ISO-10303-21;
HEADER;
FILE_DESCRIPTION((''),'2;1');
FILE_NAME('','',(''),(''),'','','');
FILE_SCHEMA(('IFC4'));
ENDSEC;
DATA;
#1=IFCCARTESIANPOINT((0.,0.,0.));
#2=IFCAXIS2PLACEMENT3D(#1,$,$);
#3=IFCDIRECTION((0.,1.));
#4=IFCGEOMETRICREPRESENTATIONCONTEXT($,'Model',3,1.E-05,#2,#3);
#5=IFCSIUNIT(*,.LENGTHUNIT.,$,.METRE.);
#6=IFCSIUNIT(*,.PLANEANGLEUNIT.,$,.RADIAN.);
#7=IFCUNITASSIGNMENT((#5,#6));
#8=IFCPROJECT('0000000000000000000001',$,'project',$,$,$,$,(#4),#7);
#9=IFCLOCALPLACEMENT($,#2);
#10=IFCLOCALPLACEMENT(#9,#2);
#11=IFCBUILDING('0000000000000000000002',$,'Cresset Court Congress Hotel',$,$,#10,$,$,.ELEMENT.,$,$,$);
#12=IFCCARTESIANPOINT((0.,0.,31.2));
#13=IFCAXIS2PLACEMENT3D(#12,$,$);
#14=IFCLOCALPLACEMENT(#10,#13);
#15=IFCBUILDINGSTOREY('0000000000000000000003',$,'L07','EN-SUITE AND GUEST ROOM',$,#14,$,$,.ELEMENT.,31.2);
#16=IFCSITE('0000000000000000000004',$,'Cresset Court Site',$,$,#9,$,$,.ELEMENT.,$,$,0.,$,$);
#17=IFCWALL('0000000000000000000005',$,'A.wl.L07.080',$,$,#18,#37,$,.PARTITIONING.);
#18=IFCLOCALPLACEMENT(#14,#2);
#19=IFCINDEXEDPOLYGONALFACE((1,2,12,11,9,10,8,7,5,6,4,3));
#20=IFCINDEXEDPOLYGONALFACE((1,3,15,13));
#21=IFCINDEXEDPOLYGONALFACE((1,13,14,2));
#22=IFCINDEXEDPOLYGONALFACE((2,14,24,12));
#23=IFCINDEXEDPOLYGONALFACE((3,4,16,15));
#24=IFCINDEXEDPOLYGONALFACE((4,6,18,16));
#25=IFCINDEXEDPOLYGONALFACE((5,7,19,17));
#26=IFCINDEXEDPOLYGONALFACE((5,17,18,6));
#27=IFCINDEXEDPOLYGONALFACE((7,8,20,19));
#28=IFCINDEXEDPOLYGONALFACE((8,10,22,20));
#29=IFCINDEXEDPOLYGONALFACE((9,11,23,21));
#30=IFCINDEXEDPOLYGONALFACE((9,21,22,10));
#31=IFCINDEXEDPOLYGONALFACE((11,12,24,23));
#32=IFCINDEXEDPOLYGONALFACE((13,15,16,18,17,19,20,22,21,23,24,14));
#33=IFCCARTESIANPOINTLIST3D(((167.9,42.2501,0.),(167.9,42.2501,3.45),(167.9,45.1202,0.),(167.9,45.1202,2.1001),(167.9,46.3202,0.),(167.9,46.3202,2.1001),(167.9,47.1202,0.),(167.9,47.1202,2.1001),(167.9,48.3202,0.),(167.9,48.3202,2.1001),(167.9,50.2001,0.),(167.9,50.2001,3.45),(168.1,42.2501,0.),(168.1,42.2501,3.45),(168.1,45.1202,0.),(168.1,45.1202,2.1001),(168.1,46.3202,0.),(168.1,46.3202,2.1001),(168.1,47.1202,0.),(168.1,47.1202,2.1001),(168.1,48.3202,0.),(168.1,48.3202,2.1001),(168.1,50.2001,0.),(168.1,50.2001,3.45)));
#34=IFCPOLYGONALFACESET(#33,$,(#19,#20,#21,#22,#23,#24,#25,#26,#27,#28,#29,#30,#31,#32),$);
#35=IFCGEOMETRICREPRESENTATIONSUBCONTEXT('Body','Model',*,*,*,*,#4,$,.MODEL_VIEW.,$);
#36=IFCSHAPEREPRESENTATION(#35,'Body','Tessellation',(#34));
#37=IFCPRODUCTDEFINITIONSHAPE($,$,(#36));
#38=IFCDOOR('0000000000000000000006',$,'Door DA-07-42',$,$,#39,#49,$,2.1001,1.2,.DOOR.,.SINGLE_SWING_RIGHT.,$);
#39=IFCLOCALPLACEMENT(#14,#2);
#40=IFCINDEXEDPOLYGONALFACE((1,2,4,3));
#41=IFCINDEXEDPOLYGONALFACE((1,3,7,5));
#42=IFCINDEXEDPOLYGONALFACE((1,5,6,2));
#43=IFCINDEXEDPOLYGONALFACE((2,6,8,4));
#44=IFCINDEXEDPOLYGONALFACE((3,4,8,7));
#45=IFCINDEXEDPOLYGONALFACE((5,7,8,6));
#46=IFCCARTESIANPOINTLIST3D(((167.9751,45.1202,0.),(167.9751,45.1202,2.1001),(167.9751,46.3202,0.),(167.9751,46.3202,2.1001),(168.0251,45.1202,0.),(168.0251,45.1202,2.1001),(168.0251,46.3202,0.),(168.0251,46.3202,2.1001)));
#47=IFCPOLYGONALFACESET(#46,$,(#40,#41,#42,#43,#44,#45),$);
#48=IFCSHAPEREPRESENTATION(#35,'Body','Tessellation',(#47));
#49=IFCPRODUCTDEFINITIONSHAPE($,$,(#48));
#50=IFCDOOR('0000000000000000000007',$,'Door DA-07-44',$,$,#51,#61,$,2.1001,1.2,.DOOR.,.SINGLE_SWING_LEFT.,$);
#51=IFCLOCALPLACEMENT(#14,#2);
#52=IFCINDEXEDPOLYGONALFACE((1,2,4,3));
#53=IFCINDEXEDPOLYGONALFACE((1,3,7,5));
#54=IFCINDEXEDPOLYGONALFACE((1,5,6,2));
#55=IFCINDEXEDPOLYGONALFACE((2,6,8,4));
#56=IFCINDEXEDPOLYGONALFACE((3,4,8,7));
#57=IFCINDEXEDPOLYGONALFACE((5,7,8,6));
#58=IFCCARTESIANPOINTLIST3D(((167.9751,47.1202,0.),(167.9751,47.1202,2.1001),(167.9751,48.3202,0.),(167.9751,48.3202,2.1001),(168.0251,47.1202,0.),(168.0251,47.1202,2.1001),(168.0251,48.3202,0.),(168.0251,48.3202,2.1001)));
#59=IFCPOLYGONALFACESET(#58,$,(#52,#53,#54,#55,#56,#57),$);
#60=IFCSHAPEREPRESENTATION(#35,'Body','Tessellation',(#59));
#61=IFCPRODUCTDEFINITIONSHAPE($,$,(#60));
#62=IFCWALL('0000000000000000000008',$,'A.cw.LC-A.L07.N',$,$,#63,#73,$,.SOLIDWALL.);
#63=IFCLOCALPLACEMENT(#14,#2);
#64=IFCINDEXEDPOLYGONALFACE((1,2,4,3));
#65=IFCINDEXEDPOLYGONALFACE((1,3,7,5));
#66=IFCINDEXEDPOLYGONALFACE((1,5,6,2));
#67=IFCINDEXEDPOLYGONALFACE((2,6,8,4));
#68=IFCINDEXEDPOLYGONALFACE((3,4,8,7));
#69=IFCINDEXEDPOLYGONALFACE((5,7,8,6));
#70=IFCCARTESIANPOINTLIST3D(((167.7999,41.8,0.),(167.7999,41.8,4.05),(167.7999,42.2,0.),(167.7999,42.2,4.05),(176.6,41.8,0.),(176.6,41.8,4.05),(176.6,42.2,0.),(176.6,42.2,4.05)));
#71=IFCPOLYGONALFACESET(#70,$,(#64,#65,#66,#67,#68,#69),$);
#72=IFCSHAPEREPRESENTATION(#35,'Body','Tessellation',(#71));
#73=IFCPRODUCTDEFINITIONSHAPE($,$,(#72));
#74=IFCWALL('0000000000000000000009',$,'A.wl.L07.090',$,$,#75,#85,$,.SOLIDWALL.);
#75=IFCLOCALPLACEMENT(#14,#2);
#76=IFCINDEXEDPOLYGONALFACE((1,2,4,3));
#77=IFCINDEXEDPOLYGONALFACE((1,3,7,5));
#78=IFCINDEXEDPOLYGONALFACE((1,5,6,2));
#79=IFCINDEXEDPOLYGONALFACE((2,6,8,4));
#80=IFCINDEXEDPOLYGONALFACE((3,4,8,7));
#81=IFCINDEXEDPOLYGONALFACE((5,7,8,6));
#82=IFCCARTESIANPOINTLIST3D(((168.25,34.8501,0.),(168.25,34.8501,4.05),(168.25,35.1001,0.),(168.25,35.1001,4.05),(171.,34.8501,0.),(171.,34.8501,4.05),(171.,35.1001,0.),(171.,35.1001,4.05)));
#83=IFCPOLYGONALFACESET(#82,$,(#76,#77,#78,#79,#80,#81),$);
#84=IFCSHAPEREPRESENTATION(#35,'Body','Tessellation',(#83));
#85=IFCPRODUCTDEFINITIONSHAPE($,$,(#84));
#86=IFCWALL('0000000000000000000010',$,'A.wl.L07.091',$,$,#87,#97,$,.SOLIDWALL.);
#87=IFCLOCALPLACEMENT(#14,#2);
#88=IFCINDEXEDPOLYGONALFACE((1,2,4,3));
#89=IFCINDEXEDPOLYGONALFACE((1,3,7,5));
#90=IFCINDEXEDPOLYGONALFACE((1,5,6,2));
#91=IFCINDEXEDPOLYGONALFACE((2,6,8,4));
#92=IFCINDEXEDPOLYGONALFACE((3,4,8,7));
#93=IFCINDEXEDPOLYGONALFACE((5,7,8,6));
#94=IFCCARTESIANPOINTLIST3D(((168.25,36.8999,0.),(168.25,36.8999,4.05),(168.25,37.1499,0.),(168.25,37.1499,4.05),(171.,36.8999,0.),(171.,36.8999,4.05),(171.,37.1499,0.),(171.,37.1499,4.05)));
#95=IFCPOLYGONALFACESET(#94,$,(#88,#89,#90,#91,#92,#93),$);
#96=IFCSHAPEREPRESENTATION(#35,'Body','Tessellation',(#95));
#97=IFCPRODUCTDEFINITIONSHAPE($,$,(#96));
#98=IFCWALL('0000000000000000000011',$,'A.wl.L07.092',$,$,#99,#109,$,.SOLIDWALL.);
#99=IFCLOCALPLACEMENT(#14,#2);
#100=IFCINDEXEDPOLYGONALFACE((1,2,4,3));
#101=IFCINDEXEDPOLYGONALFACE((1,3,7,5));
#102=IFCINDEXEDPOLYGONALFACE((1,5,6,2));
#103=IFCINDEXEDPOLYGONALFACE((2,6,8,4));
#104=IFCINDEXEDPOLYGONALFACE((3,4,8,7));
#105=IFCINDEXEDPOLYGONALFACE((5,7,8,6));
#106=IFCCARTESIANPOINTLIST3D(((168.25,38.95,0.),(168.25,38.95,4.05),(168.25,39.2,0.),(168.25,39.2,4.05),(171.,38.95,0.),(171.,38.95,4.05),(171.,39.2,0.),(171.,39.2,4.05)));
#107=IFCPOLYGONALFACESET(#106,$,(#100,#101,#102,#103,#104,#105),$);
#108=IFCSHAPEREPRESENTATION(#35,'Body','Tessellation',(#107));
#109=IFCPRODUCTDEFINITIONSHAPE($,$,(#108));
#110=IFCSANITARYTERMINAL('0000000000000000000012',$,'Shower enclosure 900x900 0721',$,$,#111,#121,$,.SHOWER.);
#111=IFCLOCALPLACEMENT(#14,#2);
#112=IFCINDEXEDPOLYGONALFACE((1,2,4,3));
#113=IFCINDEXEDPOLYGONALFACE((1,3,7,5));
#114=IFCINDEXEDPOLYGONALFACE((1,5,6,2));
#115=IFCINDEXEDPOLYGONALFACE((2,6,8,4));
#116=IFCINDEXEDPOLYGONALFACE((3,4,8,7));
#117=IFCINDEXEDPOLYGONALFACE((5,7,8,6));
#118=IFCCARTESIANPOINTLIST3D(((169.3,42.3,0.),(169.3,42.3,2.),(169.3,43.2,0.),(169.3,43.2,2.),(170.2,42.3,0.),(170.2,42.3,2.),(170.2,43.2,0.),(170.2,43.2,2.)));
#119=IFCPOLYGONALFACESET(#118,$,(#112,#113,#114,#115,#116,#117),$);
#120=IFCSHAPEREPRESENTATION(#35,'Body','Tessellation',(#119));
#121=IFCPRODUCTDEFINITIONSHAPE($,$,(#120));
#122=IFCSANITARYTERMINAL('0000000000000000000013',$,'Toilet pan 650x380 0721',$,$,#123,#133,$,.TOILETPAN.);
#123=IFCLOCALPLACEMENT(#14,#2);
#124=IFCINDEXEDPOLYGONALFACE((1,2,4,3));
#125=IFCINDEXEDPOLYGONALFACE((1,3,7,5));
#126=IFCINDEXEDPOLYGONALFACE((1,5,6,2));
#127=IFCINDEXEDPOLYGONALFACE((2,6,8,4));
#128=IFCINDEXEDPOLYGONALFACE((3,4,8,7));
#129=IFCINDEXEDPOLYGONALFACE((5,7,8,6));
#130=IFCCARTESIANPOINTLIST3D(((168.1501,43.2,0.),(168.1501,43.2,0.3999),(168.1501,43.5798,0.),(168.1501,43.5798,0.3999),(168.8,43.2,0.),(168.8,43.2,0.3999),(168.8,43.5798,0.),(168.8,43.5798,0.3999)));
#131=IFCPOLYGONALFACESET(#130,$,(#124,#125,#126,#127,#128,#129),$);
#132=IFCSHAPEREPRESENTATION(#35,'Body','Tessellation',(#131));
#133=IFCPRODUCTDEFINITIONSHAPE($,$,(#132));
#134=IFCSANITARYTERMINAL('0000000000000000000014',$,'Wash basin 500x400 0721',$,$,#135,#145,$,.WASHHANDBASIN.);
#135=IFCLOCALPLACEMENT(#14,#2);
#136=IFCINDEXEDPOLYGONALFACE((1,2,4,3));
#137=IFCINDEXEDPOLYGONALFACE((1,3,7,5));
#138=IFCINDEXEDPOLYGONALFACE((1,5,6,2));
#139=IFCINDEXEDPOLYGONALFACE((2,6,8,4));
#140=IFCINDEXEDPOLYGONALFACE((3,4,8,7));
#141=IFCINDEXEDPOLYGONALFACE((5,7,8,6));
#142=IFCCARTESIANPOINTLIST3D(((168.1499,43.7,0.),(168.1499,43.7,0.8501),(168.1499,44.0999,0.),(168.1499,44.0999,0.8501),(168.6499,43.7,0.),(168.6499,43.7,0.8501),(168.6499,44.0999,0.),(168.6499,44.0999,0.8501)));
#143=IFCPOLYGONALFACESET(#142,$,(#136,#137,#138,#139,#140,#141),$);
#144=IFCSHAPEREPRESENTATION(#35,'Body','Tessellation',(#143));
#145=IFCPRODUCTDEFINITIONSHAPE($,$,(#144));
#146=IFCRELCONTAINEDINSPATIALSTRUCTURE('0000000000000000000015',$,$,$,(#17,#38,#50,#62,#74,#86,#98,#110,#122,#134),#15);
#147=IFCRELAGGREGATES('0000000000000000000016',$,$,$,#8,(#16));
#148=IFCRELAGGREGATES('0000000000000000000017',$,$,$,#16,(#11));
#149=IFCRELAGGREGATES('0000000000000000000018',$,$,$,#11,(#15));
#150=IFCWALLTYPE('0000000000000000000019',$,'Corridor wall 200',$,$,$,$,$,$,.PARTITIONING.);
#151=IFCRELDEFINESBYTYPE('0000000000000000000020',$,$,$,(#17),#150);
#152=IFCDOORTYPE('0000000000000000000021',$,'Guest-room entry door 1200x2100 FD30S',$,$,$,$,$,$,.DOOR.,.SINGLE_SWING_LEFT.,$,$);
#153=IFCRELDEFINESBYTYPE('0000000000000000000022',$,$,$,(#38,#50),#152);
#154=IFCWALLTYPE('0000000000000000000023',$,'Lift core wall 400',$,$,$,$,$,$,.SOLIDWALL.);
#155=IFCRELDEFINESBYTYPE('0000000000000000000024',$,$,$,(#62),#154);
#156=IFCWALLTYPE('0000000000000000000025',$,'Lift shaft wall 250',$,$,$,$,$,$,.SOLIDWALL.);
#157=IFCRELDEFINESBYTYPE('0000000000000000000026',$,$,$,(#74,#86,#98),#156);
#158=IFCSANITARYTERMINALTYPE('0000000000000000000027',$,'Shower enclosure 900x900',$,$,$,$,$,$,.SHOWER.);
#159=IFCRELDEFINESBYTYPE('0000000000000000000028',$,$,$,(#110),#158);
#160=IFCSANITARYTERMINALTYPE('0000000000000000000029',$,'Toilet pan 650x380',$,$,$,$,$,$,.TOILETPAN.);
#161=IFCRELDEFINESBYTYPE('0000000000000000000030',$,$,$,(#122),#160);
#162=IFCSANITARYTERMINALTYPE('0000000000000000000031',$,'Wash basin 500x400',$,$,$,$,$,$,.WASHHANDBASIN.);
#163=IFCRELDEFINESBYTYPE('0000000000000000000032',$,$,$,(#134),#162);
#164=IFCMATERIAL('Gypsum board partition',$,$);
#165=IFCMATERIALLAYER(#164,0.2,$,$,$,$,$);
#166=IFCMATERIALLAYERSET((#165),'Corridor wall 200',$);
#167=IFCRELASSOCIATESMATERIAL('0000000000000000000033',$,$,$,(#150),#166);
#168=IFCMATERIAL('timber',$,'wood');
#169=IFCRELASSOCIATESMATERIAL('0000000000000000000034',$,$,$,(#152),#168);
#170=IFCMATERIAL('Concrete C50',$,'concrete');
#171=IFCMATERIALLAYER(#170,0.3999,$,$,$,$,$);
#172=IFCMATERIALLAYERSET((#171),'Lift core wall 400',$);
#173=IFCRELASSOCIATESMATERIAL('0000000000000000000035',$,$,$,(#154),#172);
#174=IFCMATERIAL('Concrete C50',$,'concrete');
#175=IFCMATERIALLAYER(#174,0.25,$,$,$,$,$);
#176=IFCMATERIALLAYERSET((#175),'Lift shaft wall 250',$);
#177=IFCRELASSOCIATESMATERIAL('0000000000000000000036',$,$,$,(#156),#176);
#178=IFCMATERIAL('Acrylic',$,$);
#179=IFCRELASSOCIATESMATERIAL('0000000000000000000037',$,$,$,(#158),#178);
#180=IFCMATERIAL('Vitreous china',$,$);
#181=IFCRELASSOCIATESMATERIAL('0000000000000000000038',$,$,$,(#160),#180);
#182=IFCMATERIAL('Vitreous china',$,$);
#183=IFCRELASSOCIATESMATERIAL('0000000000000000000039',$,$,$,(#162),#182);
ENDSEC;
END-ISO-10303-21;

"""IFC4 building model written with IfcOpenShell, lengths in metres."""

from ifc_helpers import new_model, si_unit, direction, frame, frame_2d, origin, origin_2d, place, context, subcontext, project, spatial, rectangle, extrude, material, layer, layer_set, type_object, element, fill, save


model = new_model("IFC4")

# Units and contexts
model_context = context("Model", 3, precision=1e-05, world=origin(), true_north=direction((0.0, 1.0)))
body_context = subcontext(model_context, "Body", "Model", "MODEL_VIEW")
ifc_project = project(units=[si_unit("LENGTHUNIT", "METRE"), si_unit("PLANEANGLEUNIT", "RADIAN")], contexts=[model_context])

# Site, building, storey
site_placement = place(None, origin())
site = spatial("IfcSite", under=ifc_project, at=site_placement, Name="Cresset Court Site", CompositionType="ELEMENT", RefElevation=0.0)
building_placement = place(site_placement, origin())
building = spatial("IfcBuilding", under=site, at=building_placement, Name="Cresset Court Congress Hotel", CompositionType="ELEMENT")
storey_placement = place(building_placement, frame((0.0, 0.0, 31.2)))
storey = spatial("IfcBuildingStorey", under=building, at=storey_placement, Name="L07", Description="EN-SUITE AND GUEST ROOM", CompositionType="ELEMENT", Elevation=31.2)

# Wall, openings, doors
ifc_material_1 = material(Name="Gypsum board partition")
ifc_layer_1 = layer(ifc_material_1, 0.2)
ifc_layer_set_1 = layer_set([ifc_layer_1], Name="Corridor wall 200")
wall_type_1 = type_object("IfcWallType", Name="Corridor wall 200", PredefinedType="PARTITIONING", material=ifc_layer_set_1)
ifc_material_2 = material(Name="timber", Category="wood")
door_type = type_object("IfcDoorType", Name="Guest-room entry door 1200x2100 FD30S", OperationType="SINGLE_SWING_LEFT", PredefinedType="DOOR", material=ifc_material_2)
wall_1_placement = place(storey_placement, frame((168.0, 42.25, 0.0), z_axis=(0.0, 0.0, 1.0), x_axis=(0.0, 1.0, 0.0)))
wall_1 = element("IfcWall", 1, at=wall_1_placement, inside=storey, type_object=wall_type_1, Name="A.wl.L07.080", PredefinedType="PARTITIONING", context=body_context, shape_type="SweptSolid", body=[
    extrude(rectangle(XDim=7.95, YDim=0.2, at=frame_2d((3.9751, 0.0))), origin(), (0.0, 0.0, 1.0), 3.45),
])
opening_1_placement = place(wall_1_placement, frame((2.8701, 0.0, 0.0)))
opening_1 = element("IfcOpeningElement", 2, at=opening_1_placement, cuts=wall_1, PredefinedType="OPENING", context=body_context, shape_type="SweptSolid", body=[
    extrude(rectangle(XDim=1.2, YDim=2.1001, at=frame_2d((0.6001, 1.05))), frame((0.0, 0.1099, 0.0), z_axis=(0.0, -1.0, 0.0), x_axis=(1.0, 0.0, 0.0)), (0.0, 0.0, 1.0), 0.22),
])
opening_2_placement = place(wall_1_placement, frame((4.8701, 0.0, 0.0)))
opening_2 = element("IfcOpeningElement", 3, at=opening_2_placement, cuts=wall_1, PredefinedType="OPENING", context=body_context, shape_type="SweptSolid", body=[
    extrude(rectangle(XDim=1.2, YDim=2.1001, at=frame_2d((0.6001, 1.05))), frame((0.0, 0.1099, 0.0), z_axis=(0.0, -1.0, 0.0), x_axis=(1.0, 0.0, 0.0)), (0.0, 0.0, 1.0), 0.22),
])
door_1_placement = place(opening_1_placement, origin())
door_1 = element("IfcDoor", 4, at=door_1_placement, inside=storey, type_object=door_type, Name="Door DA-07-42", OperationType="SINGLE_SWING_RIGHT", OverallHeight=2.1001, OverallWidth=1.2, PredefinedType="DOOR", context=body_context, shape_type="SweptSolid", body=[
    extrude(rectangle(XDim=1.2, YDim=2.1001, at=frame_2d((0.6001, 1.05))), frame((0.0, 0.0249, 0.0), z_axis=(0.0, -1.0, 0.0), x_axis=(1.0, 0.0, 0.0)), (0.0, 0.0, 1.0), 0.05),
])
fill(opening_1, door_1)
door_2_placement = place(opening_2_placement, origin())
door_2 = element("IfcDoor", 5, at=door_2_placement, inside=storey, type_object=door_type, Name="Door DA-07-44", OperationType="SINGLE_SWING_LEFT", OverallHeight=2.1001, OverallWidth=1.2, PredefinedType="DOOR", context=body_context, shape_type="SweptSolid", body=[
    extrude(rectangle(XDim=1.2, YDim=2.1001, at=frame_2d((0.6001, 1.05))), frame((0.0, 0.0249, 0.0), z_axis=(0.0, -1.0, 0.0), x_axis=(1.0, 0.0, 0.0)), (0.0, 0.0, 1.0), 0.05),
])
fill(opening_2, door_2)

# Walls
ifc_material_3 = material(Name="Concrete C50", Category="concrete")
ifc_layer_2 = layer(ifc_material_3, 0.3999)
ifc_layer_set_2 = layer_set([ifc_layer_2], Name="Lift core wall 400")
wall_type_2 = type_object("IfcWallType", Name="Lift core wall 400", PredefinedType="SOLIDWALL", material=ifc_layer_set_2)
wall_2_placement = place(storey_placement, frame((167.8, 42.0, 0.0), z_axis=(0.0, 0.0, 1.0), x_axis=(1.0, 0.0, 0.0)))
element("IfcWall", 6, at=wall_2_placement, inside=storey, type_object=wall_type_2, Name="A.cw.LC-A.L07.N", PredefinedType="SOLIDWALL", context=body_context, shape_type="SweptSolid", body=[
    extrude(rectangle(XDim=8.8, YDim=0.3999, at=frame_2d((4.3999, 0.0))), origin(), (0.0, 0.0, 1.0), 4.05),
])
ifc_material_4 = material(Name="Concrete C50", Category="concrete")
ifc_layer_3 = layer(ifc_material_4, 0.25)
ifc_layer_set_3 = layer_set([ifc_layer_3], Name="Lift shaft wall 250")
wall_type_3 = type_object("IfcWallType", Name="Lift shaft wall 250", PredefinedType="SOLIDWALL", material=ifc_layer_set_3)
for number, where, z_axis, x_axis, name in (
    (7, (168.25, 34.9751, 0.0), (0.0, 0.0, 1.0), (1.0, 0.0, 0.0), "A.wl.L07.090"),
    (8, (168.25, 37.0249, 0.0), (0.0, 0.0, 1.0), (1.0, 0.0, 0.0), "A.wl.L07.091"),
    (9, (168.25, 39.075, 0.0), (0.0, 0.0, 1.0), (1.0, 0.0, 0.0), "A.wl.L07.092"),
):
    element("IfcWall", number, at=place(storey_placement, frame(where, z_axis=z_axis, x_axis=x_axis)), inside=storey, type_object=wall_type_3, Name=name, PredefinedType="SOLIDWALL", context=body_context, shape_type="SweptSolid", body=[
        extrude(rectangle(XDim=2.75, YDim=0.25, at=frame_2d((1.375, 0.0))), origin(), (0.0, 0.0, 1.0), 4.05),
    ])

# Sanitary terminals
ifc_material_5 = material(Name="Acrylic")
sanitary_terminal_type_1 = type_object("IfcSanitaryTerminalType", Name="Shower enclosure 900x900", PredefinedType="SHOWER", material=ifc_material_5)
sanitary_terminal_1_placement = place(storey_placement, frame((169.75, 42.75, 0.0), z_axis=(0.0, 0.0, 1.0), x_axis=(1.0, 0.0, 0.0)))
element("IfcSanitaryTerminal", 10, at=sanitary_terminal_1_placement, inside=storey, type_object=sanitary_terminal_type_1, Name="Shower enclosure 900x900 0721", PredefinedType="SHOWER", context=body_context, shape_type="SweptSolid", body=[
    extrude(rectangle(XDim=0.8999, YDim=0.8999, at=origin_2d()), origin(), (0.0, 0.0, 1.0), 2.0),
])
ifc_material_6 = material(Name="Vitreous china")
sanitary_terminal_type_2 = type_object("IfcSanitaryTerminalType", Name="Toilet pan 650x380", PredefinedType="TOILETPAN", material=ifc_material_6)
sanitary_terminal_2_placement = place(storey_placement, frame((168.4751, 43.3899, 0.0), z_axis=(0.0, 0.0, 1.0), x_axis=(1.0, 0.0, 0.0)))
element("IfcSanitaryTerminal", 11, at=sanitary_terminal_2_placement, inside=storey, type_object=sanitary_terminal_type_2, Name="Toilet pan 650x380 0721", PredefinedType="TOILETPAN", context=body_context, shape_type="SweptSolid", body=[
    extrude(rectangle(XDim=0.6499, YDim=0.3799, at=origin_2d()), origin(), (0.0, 0.0, 1.0), 0.3999),
])
ifc_material_7 = material(Name="Vitreous china")
sanitary_terminal_type_3 = type_object("IfcSanitaryTerminalType", Name="Wash basin 500x400", PredefinedType="WASHHANDBASIN", material=ifc_material_7)
sanitary_terminal_3_placement = place(storey_placement, frame((168.3999, 43.8999, 0.0), z_axis=(0.0, 0.0, 1.0), x_axis=(1.0, 0.0, 0.0)))
element("IfcSanitaryTerminal", 12, at=sanitary_terminal_3_placement, inside=storey, type_object=sanitary_terminal_type_3, Name="Wash basin 500x400 0721", PredefinedType="WASHHANDBASIN", context=body_context, shape_type="SweptSolid", body=[
    extrude(rectangle(XDim=0.5, YDim=0.3999, at=origin_2d()), origin(), (0.0, 0.0, 1.0), 0.8501),
])

save(model, "model.ifc")
